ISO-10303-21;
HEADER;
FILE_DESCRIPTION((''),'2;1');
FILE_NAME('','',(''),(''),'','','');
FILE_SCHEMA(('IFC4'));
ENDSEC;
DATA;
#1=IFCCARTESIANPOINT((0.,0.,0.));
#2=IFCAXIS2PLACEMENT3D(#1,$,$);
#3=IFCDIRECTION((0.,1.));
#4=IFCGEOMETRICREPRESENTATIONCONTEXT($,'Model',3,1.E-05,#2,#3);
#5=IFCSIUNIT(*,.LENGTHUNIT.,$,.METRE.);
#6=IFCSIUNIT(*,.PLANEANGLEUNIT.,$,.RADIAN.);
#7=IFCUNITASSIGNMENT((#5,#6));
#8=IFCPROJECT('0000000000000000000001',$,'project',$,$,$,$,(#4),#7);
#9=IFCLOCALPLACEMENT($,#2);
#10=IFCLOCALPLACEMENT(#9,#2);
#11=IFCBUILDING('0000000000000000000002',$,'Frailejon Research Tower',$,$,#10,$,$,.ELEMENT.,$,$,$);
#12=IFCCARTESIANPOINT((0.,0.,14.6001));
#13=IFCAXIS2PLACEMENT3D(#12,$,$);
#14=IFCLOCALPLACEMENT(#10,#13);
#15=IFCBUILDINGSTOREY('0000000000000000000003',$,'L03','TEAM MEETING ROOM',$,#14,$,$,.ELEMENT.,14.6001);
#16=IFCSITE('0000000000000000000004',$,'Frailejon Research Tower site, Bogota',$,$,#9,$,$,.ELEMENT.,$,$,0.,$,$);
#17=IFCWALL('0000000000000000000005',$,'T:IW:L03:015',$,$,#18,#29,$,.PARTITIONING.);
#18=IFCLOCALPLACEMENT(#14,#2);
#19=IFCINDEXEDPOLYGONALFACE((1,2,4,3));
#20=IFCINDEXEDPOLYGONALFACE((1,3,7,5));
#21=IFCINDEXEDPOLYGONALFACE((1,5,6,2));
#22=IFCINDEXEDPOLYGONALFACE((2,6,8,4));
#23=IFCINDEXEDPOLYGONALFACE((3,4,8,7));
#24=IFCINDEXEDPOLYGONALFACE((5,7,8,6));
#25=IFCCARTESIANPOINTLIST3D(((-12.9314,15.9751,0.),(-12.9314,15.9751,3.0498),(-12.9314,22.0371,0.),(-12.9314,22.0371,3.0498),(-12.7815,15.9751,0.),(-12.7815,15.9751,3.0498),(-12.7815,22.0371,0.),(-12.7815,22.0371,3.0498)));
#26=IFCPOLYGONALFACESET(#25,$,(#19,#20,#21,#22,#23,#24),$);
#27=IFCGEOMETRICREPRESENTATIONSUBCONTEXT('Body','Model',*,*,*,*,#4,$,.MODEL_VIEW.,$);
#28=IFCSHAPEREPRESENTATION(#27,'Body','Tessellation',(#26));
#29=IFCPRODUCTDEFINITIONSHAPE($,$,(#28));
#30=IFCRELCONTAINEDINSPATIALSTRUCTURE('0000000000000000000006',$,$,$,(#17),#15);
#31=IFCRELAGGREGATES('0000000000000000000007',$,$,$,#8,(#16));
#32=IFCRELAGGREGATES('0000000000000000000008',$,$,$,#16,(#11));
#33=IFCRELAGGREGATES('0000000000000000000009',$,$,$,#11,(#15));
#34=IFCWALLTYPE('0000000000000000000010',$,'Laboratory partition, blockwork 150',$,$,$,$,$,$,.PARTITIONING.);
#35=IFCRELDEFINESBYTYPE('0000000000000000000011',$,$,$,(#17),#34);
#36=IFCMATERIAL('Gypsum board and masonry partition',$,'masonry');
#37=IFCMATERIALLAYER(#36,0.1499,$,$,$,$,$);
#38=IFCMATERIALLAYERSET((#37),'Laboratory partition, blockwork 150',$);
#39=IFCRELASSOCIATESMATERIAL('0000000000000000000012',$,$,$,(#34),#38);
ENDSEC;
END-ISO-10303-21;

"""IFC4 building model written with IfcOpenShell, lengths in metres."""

from ifc_helpers import new_model, si_unit, direction, frame, frame_2d, origin, place, context, subcontext, project, spatial, rectangle, extrude, material, layer, layer_set, type_object, element, save


model = new_model("IFC4")

# Units and contexts
model_context = context("Model", 3, precision=1e-05, world=origin(), true_north=direction((0.0, 1.0)))
body_context = subcontext(model_context, "Body", "Model", "MODEL_VIEW")
ifc_project = project(units=[si_unit("LENGTHUNIT", "METRE"), si_unit("PLANEANGLEUNIT", "RADIAN")], contexts=[model_context])

# Site, building, storey
site_placement = place(None, origin())
site = spatial("IfcSite", under=ifc_project, at=site_placement, Name="Frailejon Research Tower site, Bogota", CompositionType="ELEMENT", RefElevation=0.0)
building_placement = place(site_placement, origin())
building = spatial("IfcBuilding", under=site, at=building_placement, Name="Frailejon Research Tower", CompositionType="ELEMENT")
storey_placement = place(building_placement, frame((0.0, 0.0, 14.6001)))
storey = spatial("IfcBuildingStorey", under=building, at=storey_placement, Name="L03", Description="TEAM MEETING ROOM", CompositionType="ELEMENT", Elevation=14.6001)

# Shared definitions
ifc_material_1 = material(Name="Gypsum board and masonry partition", Category="masonry")
ifc_layer_1 = layer(ifc_material_1, 0.1499)
ifc_layer_set_1 = layer_set([ifc_layer_1], Name="Laboratory partition, blockwork 150")
wall_type_1 = type_object("IfcWallType", Name="Laboratory partition, blockwork 150", PredefinedType="PARTITIONING", material=ifc_layer_set_1)

# Wall
wall_1_placement = place(storey_placement, frame((-12.8564, 15.9751, 0.0), z_axis=(0.0, 0.0, 1.0), x_axis=(0.0, 1.0, 0.0)))
element("IfcWall", 1, at=wall_1_placement, inside=storey, type_object=wall_type_1, Name="T:IW:L03:015", PredefinedType="PARTITIONING", context=body_context, shape_type="SweptSolid", body=[
    extrude(rectangle(XDim=6.062, YDim=0.1499, at=frame_2d((3.031, 0.0))), origin(), (0.0, 0.0, 1.0), 3.0498),
])

save(model, "model.ifc")
